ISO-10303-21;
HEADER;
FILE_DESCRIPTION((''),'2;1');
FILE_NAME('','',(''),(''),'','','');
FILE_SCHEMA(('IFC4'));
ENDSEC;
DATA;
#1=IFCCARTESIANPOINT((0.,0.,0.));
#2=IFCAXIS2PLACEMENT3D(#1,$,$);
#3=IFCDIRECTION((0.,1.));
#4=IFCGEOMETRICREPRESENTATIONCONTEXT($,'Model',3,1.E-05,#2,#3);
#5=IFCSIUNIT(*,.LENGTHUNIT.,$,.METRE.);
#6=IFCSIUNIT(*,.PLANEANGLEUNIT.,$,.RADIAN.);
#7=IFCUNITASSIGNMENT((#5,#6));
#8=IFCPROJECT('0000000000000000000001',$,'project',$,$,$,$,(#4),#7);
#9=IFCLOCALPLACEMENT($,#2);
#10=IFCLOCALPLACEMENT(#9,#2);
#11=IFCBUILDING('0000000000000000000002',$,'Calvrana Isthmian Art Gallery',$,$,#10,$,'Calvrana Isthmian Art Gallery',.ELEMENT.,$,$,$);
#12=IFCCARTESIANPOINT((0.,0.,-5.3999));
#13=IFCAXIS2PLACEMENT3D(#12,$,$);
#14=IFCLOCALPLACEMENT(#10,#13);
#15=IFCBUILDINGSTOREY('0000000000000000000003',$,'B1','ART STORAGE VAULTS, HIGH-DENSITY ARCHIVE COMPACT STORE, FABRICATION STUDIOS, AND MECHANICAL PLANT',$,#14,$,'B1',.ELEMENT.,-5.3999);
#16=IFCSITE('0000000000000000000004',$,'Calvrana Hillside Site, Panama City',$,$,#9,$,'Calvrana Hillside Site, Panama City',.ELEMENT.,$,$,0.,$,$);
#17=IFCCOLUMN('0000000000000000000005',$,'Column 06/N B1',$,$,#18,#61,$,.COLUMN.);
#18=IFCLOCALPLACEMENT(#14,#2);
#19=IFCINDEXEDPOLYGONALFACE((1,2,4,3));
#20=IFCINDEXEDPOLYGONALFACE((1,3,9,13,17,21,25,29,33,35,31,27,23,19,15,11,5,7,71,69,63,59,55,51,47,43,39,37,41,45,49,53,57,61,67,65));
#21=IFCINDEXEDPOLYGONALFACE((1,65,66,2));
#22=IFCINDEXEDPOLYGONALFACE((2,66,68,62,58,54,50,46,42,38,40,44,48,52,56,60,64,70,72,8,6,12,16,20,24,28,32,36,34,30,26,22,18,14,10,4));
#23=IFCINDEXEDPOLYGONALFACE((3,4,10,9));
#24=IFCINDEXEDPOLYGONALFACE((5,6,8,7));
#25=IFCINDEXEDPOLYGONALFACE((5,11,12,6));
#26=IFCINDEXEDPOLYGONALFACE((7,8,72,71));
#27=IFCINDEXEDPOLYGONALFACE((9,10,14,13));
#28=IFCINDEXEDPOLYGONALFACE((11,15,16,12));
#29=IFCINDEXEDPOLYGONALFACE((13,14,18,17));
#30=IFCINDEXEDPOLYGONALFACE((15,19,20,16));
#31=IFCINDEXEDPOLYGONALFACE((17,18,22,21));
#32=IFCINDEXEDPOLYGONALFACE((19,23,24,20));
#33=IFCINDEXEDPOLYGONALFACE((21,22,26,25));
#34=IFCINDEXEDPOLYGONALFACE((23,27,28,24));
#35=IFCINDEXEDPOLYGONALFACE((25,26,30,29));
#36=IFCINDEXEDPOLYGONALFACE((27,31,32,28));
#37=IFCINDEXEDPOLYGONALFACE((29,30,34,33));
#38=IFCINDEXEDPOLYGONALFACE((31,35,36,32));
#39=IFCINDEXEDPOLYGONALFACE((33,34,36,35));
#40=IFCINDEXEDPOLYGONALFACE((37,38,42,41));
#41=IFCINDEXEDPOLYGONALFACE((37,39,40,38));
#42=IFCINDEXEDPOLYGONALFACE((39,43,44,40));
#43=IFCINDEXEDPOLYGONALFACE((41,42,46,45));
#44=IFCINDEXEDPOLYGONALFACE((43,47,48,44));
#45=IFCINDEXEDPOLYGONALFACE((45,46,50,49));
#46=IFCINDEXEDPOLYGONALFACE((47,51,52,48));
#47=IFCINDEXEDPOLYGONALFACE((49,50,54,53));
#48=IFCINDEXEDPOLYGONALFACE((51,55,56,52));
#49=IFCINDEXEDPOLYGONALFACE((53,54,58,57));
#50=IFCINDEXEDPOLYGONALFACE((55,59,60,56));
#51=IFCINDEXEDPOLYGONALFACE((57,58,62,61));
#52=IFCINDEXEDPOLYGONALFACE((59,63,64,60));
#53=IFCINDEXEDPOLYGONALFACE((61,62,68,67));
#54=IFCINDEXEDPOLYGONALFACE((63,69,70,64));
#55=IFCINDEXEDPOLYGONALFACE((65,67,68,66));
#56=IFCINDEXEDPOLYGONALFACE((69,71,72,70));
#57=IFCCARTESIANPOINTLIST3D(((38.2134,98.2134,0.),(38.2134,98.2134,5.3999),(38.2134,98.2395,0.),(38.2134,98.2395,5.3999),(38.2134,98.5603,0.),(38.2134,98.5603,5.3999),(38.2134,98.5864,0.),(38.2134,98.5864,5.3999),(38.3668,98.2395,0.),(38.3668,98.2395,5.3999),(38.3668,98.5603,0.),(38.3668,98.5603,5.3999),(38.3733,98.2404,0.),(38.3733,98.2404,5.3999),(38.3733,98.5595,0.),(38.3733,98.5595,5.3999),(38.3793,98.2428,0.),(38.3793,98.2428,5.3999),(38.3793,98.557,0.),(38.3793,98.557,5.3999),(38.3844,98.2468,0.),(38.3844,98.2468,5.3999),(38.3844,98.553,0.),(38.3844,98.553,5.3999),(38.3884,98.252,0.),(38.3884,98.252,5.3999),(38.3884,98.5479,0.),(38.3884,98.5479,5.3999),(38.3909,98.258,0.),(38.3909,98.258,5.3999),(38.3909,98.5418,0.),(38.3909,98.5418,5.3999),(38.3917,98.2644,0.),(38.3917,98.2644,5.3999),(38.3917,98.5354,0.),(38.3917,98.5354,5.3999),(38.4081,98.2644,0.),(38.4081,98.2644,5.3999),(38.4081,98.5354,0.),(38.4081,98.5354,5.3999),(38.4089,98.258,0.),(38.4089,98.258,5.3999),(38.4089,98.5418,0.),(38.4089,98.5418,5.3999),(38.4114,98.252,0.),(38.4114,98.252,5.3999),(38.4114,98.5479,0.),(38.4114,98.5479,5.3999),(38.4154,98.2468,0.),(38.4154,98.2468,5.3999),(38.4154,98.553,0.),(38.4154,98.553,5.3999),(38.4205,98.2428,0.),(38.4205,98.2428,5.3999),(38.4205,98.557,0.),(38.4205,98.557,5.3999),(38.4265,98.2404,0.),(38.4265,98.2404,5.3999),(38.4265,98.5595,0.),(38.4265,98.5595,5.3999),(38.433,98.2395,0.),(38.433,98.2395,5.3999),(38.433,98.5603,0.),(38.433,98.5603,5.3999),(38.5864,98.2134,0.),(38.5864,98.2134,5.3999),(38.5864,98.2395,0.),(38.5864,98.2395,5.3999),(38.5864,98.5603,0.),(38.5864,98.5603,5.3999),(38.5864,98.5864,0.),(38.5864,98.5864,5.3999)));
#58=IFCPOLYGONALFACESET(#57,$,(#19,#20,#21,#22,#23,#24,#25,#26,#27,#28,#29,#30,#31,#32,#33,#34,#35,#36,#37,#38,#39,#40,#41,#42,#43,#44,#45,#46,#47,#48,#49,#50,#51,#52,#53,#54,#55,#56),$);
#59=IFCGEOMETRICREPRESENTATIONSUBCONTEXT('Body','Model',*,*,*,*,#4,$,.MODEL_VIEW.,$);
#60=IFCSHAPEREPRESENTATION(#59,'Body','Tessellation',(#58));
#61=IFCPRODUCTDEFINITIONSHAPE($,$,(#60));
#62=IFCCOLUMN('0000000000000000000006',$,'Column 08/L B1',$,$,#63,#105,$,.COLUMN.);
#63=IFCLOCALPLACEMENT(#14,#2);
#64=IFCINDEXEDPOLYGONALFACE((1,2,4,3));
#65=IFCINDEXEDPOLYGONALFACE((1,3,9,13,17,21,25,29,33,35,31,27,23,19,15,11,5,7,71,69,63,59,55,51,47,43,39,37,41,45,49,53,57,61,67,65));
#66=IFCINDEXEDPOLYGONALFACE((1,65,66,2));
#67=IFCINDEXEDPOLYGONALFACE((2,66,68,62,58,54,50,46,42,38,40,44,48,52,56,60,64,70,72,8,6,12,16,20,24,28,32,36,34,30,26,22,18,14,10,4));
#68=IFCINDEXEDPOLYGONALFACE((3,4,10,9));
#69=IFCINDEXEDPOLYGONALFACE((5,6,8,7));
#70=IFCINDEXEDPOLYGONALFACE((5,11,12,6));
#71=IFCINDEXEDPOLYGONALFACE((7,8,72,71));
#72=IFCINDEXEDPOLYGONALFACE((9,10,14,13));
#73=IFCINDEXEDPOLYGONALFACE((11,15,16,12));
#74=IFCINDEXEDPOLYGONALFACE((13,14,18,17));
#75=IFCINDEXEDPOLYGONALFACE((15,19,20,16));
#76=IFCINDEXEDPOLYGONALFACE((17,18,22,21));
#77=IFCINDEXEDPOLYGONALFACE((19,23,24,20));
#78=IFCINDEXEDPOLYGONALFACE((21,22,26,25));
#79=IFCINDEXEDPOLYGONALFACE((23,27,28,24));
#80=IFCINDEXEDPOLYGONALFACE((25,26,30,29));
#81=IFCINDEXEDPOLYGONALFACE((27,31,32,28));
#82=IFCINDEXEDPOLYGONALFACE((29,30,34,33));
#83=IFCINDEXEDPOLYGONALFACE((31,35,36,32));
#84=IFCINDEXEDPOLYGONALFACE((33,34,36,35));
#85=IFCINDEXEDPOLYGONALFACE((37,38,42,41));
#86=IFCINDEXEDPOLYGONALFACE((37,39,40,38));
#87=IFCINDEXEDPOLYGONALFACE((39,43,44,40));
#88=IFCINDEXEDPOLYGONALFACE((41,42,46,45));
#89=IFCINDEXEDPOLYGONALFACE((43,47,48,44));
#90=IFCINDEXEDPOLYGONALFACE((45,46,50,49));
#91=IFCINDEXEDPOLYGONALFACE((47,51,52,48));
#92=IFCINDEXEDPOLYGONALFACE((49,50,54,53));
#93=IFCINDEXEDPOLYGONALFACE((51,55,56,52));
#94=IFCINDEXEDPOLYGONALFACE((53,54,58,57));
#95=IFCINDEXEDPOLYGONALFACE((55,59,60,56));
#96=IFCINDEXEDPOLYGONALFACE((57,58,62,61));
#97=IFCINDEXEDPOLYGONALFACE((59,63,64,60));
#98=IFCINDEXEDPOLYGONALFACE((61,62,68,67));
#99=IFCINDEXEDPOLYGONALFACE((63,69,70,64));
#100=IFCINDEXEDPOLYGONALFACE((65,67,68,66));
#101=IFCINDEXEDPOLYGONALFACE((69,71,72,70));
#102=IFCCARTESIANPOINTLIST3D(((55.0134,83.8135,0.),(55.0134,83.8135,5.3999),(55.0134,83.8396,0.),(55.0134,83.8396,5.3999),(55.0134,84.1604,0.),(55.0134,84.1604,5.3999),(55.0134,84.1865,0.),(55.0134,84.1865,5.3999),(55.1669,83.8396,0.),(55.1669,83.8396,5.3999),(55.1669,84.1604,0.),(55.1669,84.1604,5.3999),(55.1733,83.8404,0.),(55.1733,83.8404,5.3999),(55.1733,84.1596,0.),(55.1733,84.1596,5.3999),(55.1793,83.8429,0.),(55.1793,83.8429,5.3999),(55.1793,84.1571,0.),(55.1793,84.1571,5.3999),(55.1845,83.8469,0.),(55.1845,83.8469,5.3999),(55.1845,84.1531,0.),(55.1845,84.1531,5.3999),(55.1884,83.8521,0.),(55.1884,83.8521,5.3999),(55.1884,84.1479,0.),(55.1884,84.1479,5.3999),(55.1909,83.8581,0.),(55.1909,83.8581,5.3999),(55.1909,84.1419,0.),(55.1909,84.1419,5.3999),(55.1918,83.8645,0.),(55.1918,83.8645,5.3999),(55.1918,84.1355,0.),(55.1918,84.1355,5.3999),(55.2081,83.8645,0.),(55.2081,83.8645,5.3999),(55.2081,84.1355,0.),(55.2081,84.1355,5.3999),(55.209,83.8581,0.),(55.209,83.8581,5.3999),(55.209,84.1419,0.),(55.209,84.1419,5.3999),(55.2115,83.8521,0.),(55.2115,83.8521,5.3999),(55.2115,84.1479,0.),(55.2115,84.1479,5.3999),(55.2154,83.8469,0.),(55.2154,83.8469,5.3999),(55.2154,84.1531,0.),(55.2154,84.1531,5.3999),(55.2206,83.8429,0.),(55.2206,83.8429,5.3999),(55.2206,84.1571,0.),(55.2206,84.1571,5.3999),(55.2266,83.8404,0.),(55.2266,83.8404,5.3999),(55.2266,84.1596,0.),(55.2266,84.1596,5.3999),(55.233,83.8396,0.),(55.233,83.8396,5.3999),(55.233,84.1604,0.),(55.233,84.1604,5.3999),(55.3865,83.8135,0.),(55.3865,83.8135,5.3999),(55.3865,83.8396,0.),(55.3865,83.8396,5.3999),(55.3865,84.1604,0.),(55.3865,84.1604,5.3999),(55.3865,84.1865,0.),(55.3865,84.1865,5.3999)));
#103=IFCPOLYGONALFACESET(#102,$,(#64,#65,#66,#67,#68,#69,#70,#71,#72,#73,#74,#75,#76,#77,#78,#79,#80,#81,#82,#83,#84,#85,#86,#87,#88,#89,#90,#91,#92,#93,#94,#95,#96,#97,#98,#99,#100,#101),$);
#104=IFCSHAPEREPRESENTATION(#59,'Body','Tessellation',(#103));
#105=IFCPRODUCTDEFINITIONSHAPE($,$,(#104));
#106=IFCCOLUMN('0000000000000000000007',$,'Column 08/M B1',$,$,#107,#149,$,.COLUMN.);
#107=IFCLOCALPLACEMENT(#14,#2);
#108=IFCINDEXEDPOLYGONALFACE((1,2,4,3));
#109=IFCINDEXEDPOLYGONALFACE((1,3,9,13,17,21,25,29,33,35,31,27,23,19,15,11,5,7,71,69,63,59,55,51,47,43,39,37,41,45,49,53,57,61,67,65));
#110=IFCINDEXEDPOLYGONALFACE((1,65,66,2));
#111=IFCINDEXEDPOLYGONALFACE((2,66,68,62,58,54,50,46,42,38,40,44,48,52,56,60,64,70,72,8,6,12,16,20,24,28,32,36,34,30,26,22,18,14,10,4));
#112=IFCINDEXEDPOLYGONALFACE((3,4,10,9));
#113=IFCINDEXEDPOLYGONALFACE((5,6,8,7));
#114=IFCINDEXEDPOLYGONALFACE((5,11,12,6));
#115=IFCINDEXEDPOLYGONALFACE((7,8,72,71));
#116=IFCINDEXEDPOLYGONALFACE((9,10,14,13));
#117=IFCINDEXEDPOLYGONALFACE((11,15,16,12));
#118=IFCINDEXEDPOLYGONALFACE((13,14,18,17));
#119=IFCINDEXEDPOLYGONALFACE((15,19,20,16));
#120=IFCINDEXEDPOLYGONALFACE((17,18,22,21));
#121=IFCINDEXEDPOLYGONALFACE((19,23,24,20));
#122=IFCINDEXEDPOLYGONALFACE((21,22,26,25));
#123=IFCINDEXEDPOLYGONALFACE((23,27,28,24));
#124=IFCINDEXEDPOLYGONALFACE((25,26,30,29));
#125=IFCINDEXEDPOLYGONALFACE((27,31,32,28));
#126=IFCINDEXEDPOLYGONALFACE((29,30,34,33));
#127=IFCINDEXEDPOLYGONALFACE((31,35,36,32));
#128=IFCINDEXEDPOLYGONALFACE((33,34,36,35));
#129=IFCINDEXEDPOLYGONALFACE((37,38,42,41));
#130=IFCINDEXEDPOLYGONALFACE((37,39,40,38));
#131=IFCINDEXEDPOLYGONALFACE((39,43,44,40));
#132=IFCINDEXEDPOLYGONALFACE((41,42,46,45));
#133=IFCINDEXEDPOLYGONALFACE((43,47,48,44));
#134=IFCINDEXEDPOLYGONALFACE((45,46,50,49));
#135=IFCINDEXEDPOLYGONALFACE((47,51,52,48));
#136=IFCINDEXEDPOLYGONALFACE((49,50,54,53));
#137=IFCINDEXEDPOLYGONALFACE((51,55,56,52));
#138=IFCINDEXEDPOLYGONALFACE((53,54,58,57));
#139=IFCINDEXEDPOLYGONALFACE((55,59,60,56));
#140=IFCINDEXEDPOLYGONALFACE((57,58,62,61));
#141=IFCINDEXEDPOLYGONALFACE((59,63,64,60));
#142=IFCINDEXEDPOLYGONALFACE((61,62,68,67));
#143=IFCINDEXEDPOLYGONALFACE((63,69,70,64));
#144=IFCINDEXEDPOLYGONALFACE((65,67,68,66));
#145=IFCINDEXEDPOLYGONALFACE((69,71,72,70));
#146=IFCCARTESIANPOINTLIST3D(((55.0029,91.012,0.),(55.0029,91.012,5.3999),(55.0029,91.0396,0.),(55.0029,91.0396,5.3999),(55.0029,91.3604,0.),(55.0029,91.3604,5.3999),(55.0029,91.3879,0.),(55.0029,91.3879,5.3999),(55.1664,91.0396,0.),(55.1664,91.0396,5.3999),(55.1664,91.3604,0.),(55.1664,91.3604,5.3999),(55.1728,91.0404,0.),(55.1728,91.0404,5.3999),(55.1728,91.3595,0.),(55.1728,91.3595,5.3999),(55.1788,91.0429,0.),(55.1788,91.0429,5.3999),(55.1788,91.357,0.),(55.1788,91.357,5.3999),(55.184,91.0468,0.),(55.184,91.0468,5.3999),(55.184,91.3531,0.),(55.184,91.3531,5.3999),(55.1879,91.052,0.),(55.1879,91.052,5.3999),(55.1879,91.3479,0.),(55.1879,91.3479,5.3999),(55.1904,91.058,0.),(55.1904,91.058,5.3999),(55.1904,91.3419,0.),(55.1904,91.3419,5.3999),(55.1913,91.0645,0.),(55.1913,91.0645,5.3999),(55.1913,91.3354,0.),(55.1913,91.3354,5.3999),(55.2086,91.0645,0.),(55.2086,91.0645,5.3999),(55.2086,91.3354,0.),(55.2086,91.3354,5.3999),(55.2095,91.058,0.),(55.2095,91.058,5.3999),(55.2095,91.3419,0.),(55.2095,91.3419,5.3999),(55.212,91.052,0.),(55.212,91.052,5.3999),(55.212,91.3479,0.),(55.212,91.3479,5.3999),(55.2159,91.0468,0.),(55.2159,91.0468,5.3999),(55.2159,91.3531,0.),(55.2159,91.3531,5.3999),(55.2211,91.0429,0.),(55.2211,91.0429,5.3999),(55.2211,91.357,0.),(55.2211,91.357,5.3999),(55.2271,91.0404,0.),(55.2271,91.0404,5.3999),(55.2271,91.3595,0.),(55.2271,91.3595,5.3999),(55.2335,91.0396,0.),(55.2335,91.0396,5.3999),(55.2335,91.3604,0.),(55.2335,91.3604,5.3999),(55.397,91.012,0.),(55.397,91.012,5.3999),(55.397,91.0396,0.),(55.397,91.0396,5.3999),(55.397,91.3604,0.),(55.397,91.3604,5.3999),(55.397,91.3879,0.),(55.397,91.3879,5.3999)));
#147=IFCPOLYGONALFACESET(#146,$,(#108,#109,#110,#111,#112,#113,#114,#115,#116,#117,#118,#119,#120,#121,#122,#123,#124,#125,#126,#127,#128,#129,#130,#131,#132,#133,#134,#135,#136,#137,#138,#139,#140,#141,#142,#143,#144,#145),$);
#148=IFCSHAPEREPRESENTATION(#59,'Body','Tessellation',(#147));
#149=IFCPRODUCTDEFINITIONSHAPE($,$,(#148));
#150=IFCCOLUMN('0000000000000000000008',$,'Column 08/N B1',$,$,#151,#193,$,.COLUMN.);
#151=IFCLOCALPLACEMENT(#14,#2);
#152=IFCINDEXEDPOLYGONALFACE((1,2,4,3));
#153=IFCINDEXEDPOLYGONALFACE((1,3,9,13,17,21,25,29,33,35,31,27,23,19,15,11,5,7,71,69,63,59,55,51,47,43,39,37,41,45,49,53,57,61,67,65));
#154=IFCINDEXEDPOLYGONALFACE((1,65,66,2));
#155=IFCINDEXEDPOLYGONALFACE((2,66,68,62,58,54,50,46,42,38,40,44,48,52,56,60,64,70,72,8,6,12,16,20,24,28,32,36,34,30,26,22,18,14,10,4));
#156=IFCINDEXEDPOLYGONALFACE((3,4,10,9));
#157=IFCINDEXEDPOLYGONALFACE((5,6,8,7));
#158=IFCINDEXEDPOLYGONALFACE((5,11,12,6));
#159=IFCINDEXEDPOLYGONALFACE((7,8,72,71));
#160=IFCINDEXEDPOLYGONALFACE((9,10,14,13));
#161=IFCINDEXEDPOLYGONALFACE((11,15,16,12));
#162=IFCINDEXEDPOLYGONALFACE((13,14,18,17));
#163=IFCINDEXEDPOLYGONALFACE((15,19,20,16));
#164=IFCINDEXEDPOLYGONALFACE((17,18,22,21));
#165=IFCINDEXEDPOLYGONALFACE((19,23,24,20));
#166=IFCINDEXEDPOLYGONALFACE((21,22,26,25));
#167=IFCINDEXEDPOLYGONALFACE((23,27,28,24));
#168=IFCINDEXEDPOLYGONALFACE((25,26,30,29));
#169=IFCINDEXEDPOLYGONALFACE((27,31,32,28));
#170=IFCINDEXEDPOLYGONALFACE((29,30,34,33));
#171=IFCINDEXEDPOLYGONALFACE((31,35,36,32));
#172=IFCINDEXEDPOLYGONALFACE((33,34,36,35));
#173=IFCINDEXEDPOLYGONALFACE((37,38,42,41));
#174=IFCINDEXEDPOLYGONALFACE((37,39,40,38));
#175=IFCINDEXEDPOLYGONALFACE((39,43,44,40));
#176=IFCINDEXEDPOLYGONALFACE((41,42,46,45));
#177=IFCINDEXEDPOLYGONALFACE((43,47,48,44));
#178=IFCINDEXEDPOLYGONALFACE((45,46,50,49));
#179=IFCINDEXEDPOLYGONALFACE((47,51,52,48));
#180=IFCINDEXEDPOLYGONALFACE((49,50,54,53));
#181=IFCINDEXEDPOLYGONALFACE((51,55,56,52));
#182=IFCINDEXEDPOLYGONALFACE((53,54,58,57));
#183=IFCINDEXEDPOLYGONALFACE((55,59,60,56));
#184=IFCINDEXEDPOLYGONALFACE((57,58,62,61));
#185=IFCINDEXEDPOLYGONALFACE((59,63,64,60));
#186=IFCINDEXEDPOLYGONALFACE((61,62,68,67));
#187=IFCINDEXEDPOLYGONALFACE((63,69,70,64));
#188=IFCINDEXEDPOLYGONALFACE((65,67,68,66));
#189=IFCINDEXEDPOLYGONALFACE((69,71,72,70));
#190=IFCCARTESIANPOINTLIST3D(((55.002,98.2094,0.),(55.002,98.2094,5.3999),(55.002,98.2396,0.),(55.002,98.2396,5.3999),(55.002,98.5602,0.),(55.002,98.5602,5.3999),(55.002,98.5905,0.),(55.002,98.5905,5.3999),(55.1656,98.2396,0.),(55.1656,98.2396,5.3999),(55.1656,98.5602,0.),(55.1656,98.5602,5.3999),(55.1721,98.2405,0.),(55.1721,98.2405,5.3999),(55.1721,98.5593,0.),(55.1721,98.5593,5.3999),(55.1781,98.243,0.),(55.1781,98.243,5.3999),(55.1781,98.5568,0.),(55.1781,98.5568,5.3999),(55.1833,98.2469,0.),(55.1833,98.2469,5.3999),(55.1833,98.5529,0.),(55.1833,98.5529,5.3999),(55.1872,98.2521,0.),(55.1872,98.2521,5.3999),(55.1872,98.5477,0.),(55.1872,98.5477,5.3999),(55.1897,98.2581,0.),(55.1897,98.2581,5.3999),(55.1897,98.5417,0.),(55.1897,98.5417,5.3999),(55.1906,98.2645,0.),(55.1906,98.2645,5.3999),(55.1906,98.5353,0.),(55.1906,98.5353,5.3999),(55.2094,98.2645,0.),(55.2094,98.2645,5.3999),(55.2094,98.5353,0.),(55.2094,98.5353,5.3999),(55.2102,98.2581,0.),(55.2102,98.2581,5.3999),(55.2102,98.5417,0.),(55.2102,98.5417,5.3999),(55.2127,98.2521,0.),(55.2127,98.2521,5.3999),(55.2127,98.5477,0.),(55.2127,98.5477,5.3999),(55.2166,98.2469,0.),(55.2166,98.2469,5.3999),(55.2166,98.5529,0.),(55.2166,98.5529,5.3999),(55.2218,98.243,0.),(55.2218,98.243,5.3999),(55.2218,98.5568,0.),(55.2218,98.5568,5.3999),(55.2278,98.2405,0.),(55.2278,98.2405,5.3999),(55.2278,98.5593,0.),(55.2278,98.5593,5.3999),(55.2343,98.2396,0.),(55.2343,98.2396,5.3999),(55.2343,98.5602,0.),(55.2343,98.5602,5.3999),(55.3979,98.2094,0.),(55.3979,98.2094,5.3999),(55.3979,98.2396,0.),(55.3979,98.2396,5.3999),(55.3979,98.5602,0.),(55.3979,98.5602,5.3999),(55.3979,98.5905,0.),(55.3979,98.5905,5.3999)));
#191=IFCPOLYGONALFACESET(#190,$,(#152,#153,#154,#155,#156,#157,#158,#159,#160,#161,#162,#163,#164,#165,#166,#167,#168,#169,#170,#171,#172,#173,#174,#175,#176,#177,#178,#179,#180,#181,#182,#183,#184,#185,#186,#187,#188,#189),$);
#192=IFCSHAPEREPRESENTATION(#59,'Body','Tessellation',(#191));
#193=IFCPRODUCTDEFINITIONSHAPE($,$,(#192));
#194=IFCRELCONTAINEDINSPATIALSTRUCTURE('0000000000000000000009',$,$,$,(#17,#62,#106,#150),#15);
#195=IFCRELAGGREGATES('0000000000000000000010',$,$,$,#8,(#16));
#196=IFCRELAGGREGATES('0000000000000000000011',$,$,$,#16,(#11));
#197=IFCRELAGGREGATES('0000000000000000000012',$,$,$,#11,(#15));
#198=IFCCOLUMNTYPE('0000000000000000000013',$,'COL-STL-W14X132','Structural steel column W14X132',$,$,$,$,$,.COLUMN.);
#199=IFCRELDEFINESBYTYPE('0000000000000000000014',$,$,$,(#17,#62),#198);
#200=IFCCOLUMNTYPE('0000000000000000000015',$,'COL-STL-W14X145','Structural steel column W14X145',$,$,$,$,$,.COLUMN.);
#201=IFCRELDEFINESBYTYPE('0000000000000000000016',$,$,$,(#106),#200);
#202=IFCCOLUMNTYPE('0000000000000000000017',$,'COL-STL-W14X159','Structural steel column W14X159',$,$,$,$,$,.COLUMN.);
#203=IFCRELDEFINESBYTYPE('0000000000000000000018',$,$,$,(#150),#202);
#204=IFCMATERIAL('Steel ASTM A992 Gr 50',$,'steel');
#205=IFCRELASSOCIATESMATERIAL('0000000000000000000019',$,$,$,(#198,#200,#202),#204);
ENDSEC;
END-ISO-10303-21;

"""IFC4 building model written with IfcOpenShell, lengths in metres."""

from ifc_helpers import new_model, si_unit, direction, frame, origin, origin_2d, place, context, subcontext, project, spatial, i_section, extrude, material, material_profile, profile_set, type_object, element, save


model = new_model("IFC4")

# Units and contexts
model_context = context("Model", 3, precision=1e-05, world=origin(), true_north=direction((0.0, 1.0)))
body_context = subcontext(model_context, "Body", "Model", "MODEL_VIEW")
ifc_project = project(units=[si_unit("LENGTHUNIT", "METRE"), si_unit("PLANEANGLEUNIT", "RADIAN")], contexts=[model_context])

# Site, building, storey
site_placement = place(None, origin())
site = spatial("IfcSite", under=ifc_project, at=site_placement, Name="Calvrana Hillside Site, Panama City", LongName="Calvrana Hillside Site, Panama City", CompositionType="ELEMENT", RefElevation=0.0)
building_placement = place(site_placement, origin())
building = spatial("IfcBuilding", under=site, at=building_placement, Name="Calvrana Isthmian Art Gallery", LongName="Calvrana Isthmian Art Gallery", CompositionType="ELEMENT")
storey_placement = place(building_placement, frame((0.0, 0.0, -5.3999)))
storey = spatial("IfcBuildingStorey", under=building, at=storey_placement, Name="B1", Description="ART STORAGE VAULTS, HIGH-DENSITY ARCHIVE COMPACT STORE, FABRICATION STUDIOS, AND MECHANICAL PLANT", LongName="B1", CompositionType="ELEMENT", Elevation=-5.3999)

# Columns
ifc_material_1 = material(Name="Steel ASTM A992 Gr 50", Category="steel")
ifc_material_profile_1 = material_profile(ifc_material_1, i_section(OverallWidth=0.373, OverallDepth=0.373, WebThickness=0.0164, FlangeThickness=0.0261, FilletRadius=0.0249, at=origin_2d()), Name="W14X132")
ifc_profile_set_1 = profile_set([ifc_material_profile_1], Name="Steel ASTM A992 Gr 50")
column_type_1 = type_object("IfcColumnType", Name="COL-STL-W14X132", Description="Structural steel column W14X132", PredefinedType="COLUMN", material=ifc_profile_set_1)
for number, where, z_axis, x_axis, name in (
    (1, (38.3999, 98.3999, 0.0), (0.0, 0.0, 1.0), (1.0, 0.0, 0.0), "Column 06/N B1"),
    (2, (55.2, 84.0, 0.0), (0.0, 0.0, 1.0), (1.0, 0.0, 0.0), "Column 08/L B1"),
):
    element("IfcColumn", number, at=place(storey_placement, frame(where, z_axis=z_axis, x_axis=x_axis)), inside=storey, type_object=column_type_1, Name=name, PredefinedType="COLUMN", context=body_context, shape_type="SweptSolid", body=[
        extrude(i_section(OverallWidth=0.373, OverallDepth=0.373, WebThickness=0.0164, FlangeThickness=0.0261, FilletRadius=0.0249, at=origin_2d()), origin(), (0.0, 0.0, 1.0), 5.3999),
    ])
ifc_material_profile_2 = material_profile(ifc_material_1, i_section(OverallWidth=0.394, OverallDepth=0.376, WebThickness=0.0173, FlangeThickness=0.0276, FilletRadius=0.0249, at=origin_2d()), Name="W14X145")
ifc_profile_set_2 = profile_set([ifc_material_profile_2], Name="Steel ASTM A992 Gr 50")
column_type_2 = type_object("IfcColumnType", Name="COL-STL-W14X145", Description="Structural steel column W14X145", PredefinedType="COLUMN", material=ifc_profile_set_2)
column_1_placement = place(storey_placement, frame((55.2, 91.2, 0.0), z_axis=(0.0, 0.0, 1.0), x_axis=(1.0, 0.0, 0.0)))
element("IfcColumn", 3, at=column_1_placement, inside=storey, type_object=column_type_2, Name="Column 08/M B1", PredefinedType="COLUMN", context=body_context, shape_type="SweptSolid", body=[
    extrude(i_section(OverallWidth=0.394, OverallDepth=0.376, WebThickness=0.0173, FlangeThickness=0.0276, FilletRadius=0.0249, at=origin_2d()), origin(), (0.0, 0.0, 1.0), 5.3999),
])
ifc_material_profile_3 = material_profile(ifc_material_1, i_section(OverallWidth=0.396, OverallDepth=0.3811, WebThickness=0.0188, FlangeThickness=0.0303, FilletRadius=0.0249, at=origin_2d()), Name="W14X159")
ifc_profile_set_3 = profile_set([ifc_material_profile_3], Name="Steel ASTM A992 Gr 50")
column_type_3 = type_object("IfcColumnType", Name="COL-STL-W14X159", Description="Structural steel column W14X159", PredefinedType="COLUMN", material=ifc_profile_set_3)
column_2_placement = place(storey_placement, frame((55.2, 98.3999, 0.0), z_axis=(0.0, 0.0, 1.0), x_axis=(1.0, 0.0, 0.0)))
element("IfcColumn", 4, at=column_2_placement, inside=storey, type_object=column_type_3, Name="Column 08/N B1", PredefinedType="COLUMN", context=body_context, shape_type="SweptSolid", body=[
    extrude(i_section(OverallWidth=0.396, OverallDepth=0.3811, WebThickness=0.0188, FlangeThickness=0.0303, FilletRadius=0.0249, at=origin_2d()), origin(), (0.0, 0.0, 1.0), 5.3999),
])

save(model, "model.ifc")
